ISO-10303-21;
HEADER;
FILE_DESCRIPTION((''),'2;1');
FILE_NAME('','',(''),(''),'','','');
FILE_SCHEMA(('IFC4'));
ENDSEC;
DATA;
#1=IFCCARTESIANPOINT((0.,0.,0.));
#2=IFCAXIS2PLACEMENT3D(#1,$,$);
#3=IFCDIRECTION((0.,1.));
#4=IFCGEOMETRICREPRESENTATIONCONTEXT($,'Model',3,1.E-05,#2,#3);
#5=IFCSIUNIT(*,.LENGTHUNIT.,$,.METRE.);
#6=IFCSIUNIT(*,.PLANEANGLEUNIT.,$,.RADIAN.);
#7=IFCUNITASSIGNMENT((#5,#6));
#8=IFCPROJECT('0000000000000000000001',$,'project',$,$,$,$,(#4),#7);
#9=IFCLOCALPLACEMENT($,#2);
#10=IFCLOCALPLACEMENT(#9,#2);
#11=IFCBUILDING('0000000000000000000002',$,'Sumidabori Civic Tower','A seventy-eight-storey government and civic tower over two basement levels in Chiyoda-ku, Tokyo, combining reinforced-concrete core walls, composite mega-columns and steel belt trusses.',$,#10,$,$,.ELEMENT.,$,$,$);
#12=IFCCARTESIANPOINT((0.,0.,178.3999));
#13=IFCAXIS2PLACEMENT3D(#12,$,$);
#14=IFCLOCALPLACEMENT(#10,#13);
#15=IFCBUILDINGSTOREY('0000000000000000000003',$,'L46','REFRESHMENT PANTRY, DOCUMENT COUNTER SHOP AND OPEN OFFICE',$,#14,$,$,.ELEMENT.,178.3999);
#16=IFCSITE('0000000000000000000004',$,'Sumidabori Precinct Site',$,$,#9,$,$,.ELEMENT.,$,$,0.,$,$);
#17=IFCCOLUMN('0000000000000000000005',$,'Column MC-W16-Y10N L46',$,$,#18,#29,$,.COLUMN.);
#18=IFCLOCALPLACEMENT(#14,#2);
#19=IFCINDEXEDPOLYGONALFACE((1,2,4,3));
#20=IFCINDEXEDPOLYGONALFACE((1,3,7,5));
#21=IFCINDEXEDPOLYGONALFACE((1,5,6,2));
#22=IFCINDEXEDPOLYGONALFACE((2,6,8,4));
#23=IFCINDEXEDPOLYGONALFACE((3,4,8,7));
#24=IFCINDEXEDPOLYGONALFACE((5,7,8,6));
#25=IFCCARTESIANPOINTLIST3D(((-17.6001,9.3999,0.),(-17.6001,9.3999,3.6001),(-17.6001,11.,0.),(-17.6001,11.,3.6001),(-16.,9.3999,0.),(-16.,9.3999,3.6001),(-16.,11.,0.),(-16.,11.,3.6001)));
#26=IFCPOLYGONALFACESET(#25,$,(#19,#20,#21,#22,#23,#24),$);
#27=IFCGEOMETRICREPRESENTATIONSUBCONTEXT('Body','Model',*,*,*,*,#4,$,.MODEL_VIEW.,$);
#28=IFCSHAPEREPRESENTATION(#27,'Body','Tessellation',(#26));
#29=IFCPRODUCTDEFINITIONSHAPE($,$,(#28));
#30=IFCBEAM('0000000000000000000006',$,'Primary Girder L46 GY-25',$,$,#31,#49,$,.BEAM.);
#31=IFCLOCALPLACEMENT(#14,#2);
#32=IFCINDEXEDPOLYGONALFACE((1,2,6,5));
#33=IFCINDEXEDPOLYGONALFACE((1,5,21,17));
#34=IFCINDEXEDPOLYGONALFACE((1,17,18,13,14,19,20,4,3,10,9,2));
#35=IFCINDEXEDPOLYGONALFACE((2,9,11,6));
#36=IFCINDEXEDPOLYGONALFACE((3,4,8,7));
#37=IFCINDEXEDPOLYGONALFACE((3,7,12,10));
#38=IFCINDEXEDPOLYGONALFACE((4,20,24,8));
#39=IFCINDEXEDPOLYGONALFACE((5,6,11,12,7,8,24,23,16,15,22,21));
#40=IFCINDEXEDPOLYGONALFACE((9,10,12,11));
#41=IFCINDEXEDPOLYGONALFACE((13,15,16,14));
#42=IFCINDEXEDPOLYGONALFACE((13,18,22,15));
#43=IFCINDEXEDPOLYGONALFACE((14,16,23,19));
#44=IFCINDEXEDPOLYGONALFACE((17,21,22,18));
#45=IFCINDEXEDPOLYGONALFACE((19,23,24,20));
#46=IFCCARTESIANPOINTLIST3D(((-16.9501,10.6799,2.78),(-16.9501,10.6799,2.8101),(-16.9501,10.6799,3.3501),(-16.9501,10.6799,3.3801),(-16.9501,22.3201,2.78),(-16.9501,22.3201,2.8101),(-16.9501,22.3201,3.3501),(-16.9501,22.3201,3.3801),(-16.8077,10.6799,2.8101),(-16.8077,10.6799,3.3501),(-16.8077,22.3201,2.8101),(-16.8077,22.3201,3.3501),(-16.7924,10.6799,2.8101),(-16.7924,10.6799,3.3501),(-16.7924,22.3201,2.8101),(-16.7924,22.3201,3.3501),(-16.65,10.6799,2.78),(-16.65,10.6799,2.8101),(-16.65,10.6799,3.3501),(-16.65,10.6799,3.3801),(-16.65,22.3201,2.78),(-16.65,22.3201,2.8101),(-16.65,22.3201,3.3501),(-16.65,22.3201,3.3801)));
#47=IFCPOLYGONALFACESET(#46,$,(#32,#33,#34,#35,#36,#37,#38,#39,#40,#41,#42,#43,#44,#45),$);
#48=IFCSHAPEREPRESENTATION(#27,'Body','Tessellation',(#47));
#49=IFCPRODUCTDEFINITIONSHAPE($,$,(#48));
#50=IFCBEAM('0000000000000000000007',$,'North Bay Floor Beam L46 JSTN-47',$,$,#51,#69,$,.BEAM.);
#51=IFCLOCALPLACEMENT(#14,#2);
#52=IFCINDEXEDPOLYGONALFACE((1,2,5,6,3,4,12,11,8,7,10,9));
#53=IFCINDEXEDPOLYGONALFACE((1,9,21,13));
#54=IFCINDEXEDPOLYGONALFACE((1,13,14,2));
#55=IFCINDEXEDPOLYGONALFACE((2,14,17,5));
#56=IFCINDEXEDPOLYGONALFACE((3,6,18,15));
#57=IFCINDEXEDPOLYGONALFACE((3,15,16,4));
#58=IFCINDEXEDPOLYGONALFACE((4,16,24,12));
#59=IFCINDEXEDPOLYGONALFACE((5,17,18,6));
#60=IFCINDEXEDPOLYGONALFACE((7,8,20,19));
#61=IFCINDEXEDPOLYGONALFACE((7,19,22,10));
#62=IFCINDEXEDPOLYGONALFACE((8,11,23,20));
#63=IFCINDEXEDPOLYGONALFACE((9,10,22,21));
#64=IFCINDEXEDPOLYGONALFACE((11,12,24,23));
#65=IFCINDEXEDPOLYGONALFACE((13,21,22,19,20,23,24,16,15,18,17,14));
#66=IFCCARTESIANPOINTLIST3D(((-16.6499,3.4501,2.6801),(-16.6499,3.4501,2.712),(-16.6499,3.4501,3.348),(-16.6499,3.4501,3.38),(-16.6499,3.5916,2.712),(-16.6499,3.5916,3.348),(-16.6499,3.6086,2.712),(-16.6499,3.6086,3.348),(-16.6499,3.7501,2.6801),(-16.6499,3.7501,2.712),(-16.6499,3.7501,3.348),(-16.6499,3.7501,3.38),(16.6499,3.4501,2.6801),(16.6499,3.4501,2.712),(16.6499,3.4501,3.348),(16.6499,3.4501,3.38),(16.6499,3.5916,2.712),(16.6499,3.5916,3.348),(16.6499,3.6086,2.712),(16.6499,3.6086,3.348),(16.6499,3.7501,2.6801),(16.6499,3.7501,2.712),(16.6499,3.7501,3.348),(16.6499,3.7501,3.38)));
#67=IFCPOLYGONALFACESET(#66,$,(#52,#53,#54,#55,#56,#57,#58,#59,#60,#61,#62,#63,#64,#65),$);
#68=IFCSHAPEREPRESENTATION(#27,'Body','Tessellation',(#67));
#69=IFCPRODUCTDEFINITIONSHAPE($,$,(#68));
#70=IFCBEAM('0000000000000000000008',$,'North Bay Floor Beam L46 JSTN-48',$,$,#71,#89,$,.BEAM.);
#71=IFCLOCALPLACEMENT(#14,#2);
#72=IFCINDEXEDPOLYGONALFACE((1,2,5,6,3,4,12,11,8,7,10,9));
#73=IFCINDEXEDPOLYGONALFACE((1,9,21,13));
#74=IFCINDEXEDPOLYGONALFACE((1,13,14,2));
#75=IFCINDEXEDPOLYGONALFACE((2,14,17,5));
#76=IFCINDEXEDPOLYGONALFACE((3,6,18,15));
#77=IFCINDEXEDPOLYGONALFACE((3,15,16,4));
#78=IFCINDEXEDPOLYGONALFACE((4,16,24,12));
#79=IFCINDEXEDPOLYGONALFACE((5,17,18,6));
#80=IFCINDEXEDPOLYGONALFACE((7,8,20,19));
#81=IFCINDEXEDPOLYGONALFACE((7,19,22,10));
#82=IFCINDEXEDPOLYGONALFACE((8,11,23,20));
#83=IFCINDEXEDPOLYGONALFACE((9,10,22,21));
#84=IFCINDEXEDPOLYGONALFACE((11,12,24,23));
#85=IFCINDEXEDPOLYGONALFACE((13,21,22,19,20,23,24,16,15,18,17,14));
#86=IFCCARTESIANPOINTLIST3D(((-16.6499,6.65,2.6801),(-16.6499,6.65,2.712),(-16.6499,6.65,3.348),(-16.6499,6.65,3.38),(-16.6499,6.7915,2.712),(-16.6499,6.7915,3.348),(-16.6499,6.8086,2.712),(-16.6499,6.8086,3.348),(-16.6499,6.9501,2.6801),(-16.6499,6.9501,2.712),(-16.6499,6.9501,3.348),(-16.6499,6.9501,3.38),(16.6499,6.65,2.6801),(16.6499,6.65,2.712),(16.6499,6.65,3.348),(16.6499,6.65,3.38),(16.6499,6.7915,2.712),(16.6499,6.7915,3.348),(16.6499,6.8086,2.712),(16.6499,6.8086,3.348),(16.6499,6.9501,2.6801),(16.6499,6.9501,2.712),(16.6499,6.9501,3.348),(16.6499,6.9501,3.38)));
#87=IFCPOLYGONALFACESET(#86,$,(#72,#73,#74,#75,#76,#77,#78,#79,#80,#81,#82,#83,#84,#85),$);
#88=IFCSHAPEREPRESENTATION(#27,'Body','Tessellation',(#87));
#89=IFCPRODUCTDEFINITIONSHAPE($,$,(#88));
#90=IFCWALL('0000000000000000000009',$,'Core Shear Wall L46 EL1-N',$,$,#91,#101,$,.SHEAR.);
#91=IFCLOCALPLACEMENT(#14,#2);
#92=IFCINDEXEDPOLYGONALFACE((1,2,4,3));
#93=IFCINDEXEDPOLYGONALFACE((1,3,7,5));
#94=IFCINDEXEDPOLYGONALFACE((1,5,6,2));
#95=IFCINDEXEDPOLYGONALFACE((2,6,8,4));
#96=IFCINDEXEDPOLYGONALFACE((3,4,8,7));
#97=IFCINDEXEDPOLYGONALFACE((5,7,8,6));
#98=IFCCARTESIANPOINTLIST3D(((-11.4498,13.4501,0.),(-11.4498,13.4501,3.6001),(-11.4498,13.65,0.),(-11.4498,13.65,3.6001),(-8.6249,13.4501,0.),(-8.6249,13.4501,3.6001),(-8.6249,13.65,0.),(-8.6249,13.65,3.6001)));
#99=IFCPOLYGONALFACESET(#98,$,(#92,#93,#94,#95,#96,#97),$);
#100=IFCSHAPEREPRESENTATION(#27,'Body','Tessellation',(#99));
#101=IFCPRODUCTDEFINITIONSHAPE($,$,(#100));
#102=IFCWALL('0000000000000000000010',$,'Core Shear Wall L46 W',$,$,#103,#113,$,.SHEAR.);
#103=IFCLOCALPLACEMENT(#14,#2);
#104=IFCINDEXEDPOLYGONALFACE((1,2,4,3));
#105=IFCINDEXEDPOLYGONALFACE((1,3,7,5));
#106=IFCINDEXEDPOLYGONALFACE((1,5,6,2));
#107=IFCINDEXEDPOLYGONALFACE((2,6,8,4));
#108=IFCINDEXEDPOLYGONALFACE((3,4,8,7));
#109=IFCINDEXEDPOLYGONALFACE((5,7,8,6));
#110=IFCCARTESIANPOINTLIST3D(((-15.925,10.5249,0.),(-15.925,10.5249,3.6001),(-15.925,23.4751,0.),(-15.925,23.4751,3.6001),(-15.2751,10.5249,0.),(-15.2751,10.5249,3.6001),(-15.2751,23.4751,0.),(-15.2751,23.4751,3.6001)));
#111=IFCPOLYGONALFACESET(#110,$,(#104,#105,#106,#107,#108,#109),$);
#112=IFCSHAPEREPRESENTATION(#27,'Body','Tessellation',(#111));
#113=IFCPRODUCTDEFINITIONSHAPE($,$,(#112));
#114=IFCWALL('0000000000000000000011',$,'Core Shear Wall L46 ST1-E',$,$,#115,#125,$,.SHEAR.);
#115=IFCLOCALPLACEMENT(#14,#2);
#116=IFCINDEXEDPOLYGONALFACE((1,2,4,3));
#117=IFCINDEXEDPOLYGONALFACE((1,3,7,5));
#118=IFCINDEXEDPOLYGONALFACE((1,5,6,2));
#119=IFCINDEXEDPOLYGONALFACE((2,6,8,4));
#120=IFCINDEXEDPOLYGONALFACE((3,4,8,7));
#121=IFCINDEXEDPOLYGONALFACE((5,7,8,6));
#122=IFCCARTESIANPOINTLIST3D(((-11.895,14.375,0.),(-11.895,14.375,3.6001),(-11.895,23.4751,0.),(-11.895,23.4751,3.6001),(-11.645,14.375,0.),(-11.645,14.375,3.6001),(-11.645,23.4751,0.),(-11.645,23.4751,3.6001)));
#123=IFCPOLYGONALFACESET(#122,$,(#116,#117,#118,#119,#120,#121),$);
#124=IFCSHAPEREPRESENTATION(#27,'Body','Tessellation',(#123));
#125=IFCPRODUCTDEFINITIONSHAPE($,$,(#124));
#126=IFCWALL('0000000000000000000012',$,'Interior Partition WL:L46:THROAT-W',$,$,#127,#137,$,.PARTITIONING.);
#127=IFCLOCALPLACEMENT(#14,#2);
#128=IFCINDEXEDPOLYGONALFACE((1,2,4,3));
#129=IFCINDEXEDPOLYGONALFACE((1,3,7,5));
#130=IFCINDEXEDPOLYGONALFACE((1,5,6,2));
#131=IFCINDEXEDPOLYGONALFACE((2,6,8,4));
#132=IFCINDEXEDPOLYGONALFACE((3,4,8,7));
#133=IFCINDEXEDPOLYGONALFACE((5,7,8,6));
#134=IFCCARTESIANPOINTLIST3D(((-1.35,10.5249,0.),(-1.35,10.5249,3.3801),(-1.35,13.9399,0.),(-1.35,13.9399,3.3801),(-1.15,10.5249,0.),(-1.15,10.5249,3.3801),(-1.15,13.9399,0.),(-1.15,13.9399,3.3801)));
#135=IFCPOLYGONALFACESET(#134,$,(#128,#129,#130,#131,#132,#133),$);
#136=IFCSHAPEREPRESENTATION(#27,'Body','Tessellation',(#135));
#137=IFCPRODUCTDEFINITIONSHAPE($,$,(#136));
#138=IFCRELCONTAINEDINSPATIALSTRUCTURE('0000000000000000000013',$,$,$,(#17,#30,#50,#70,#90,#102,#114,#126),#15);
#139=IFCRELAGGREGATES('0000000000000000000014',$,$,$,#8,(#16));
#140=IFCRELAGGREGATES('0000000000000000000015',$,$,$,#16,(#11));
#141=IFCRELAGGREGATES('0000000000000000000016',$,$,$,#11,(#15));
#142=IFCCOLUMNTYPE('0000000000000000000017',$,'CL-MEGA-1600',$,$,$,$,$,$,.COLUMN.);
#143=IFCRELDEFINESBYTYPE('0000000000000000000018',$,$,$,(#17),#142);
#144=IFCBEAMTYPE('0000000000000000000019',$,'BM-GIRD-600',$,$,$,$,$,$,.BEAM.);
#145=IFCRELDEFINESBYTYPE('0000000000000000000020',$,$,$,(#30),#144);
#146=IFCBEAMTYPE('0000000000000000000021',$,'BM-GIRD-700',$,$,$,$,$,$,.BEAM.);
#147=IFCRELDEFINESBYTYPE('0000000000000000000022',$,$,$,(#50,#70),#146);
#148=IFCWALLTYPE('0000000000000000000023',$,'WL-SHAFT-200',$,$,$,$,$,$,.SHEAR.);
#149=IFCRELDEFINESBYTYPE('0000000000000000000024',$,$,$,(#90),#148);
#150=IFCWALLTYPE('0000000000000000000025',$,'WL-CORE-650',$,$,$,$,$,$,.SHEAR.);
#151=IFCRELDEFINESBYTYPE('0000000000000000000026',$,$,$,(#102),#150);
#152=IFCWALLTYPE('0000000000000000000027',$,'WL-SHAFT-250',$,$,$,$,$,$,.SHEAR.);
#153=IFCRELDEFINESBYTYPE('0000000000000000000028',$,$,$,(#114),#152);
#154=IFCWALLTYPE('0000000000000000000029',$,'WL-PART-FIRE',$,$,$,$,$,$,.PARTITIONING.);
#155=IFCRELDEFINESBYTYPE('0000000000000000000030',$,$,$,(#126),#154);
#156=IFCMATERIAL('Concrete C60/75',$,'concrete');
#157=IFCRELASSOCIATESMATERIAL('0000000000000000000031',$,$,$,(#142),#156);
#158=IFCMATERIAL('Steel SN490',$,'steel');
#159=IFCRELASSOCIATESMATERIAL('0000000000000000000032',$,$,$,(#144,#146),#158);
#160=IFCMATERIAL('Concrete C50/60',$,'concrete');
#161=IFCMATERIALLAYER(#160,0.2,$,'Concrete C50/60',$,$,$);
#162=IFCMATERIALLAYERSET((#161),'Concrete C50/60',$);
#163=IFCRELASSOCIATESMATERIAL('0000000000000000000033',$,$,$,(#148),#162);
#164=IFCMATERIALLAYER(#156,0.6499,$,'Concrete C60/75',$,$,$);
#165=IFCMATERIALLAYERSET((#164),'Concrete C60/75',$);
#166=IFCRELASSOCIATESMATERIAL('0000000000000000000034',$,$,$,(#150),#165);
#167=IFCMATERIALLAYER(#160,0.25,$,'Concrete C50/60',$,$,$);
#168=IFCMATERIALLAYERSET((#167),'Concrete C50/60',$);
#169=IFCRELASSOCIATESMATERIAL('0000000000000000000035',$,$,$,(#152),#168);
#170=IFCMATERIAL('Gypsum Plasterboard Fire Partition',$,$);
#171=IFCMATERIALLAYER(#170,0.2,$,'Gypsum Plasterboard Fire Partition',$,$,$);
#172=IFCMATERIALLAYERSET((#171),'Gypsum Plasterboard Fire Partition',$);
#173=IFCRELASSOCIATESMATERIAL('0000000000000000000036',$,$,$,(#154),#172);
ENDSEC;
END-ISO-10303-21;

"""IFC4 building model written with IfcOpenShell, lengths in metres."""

from ifc_helpers import new_model, si_unit, direction, frame, frame_2d, origin, origin_2d, place, context, subcontext, project, spatial, rectangle, i_section, extrude, source, transform, mapped, material, layer, layer_set, material_profile, profile_set, type_object, element, save


model = new_model("IFC4")

# Units and contexts
model_context = context("Model", 3, precision=1e-05, world=origin(), true_north=direction((0.0, 1.0)))
body_context = subcontext(model_context, "Body", "Model", "MODEL_VIEW")
ifc_project = project(units=[si_unit("LENGTHUNIT", "METRE"), si_unit("PLANEANGLEUNIT", "RADIAN")], contexts=[model_context])

# Site, building, storey
site_placement = place(None, origin())
site = spatial("IfcSite", under=ifc_project, at=site_placement, Name="Sumidabori Precinct Site", CompositionType="ELEMENT", RefElevation=0.0)
building_placement = place(site_placement, origin())
building = spatial("IfcBuilding", under=site, at=building_placement, Name="Sumidabori Civic Tower", Description="A seventy-eight-storey government and civic tower over two basement levels in Chiyoda-ku, Tokyo, combining reinforced-concrete core walls, composite mega-columns and steel belt trusses.", CompositionType="ELEMENT")
storey_placement = place(building_placement, frame((0.0, 0.0, 178.3999)))
storey = spatial("IfcBuildingStorey", under=building, at=storey_placement, Name="L46", Description="REFRESHMENT PANTRY, DOCUMENT COUNTER SHOP AND OPEN OFFICE", CompositionType="ELEMENT", Elevation=178.3999)

# Column
ifc_material_1 = material(Name="Concrete C60/75", Category="concrete")
ifc_material_profile_1 = material_profile(ifc_material_1, rectangle(XDim=1.6001, YDim=1.6001, at=origin_2d()), Name="RC 1600x1600")
ifc_profile_set_1 = profile_set([ifc_material_profile_1], Name="Concrete C60/75")
column_type = type_object("IfcColumnType", Name="CL-MEGA-1600", PredefinedType="COLUMN", material=ifc_profile_set_1)
shared_shape_1 = source(origin(), body_context, "Body", "SweptSolid", [
    extrude(rectangle(XDim=1.6001, YDim=1.6001, at=origin_2d()), origin(), (0.0, 0.0, 1.0), 3.6001),
])
column_placement = place(storey_placement, frame((-16.8, 10.2, 0.0), z_axis=(0.0, 0.0, 1.0), x_axis=(1.0, 0.0, 0.0)))
element("IfcColumn", 1, at=column_placement, inside=storey, type_object=column_type, Name="Column MC-W16-Y10N L46", PredefinedType="COLUMN", context=body_context, shape_type="MappedRepresentation", body=[
    mapped(shared_shape_1, transform((0.0, 0.0, 0.0), x_axis=(1.0, 0.0, 0.0), y_axis=(0.0, 1.0, 0.0), z_axis=(0.0, 0.0, 1.0), scale=1.0)),
])

# Beams
ifc_material_2 = material(Name="Steel SN490", Category="steel")
ifc_material_profile_2 = material_profile(ifc_material_2, i_section(OverallWidth=0.3, OverallDepth=0.6001, WebThickness=0.0154, FlangeThickness=0.03, at=origin_2d()), Name="HE 600 B")
ifc_profile_set_2 = profile_set([ifc_material_profile_2], Name="Steel SN490")
beam_type_1 = type_object("IfcBeamType", Name="BM-GIRD-600", PredefinedType="BEAM", material=ifc_profile_set_2)
shared_shape_2 = source(origin(), body_context, "Body", "SweptSolid", [
    extrude(i_section(OverallWidth=0.3, OverallDepth=0.6001, WebThickness=0.0154, FlangeThickness=0.03, at=origin_2d()), origin(), (0.0, 0.0, 1.0), 11.6401),
])
beam_placement = place(storey_placement, frame((-16.8, 10.6799, 3.0801), z_axis=(0.0, 1.0, 0.0), x_axis=(-1.0, 0.0, 0.0)))
element("IfcBeam", 2, at=beam_placement, inside=storey, type_object=beam_type_1, Name="Primary Girder L46 GY-25", PredefinedType="BEAM", context=body_context, shape_type="MappedRepresentation", body=[
    mapped(shared_shape_2, transform((0.0, 0.0, 0.0), x_axis=(1.0, 0.0, 0.0), y_axis=(0.0, 1.0, 0.0), z_axis=(0.0, 0.0, 1.0), scale=1.0)),
])
ifc_material_profile_3 = material_profile(ifc_material_2, i_section(OverallWidth=0.3, OverallDepth=0.7, WebThickness=0.0171, FlangeThickness=0.032, at=origin_2d()), Name="HE 700 B")
ifc_profile_set_3 = profile_set([ifc_material_profile_3], Name="Steel SN490")
beam_type_2 = type_object("IfcBeamType", Name="BM-GIRD-700", PredefinedType="BEAM", material=ifc_profile_set_3)
shared_shape_3 = source(origin(), body_context, "Body", "SweptSolid", [
    extrude(i_section(OverallWidth=0.3, OverallDepth=0.7, WebThickness=0.0171, FlangeThickness=0.032, at=origin_2d()), origin(), (0.0, 0.0, 1.0), 33.2998),
])
for number, where, z_axis, x_axis, name in (
    (3, (-16.6499, 3.6001, 3.03), (1.0, 0.0, 0.0), (0.0, 1.0, 0.0), "North Bay Floor Beam L46 JSTN-47"),
    (4, (-16.6499, 6.8, 3.03), (1.0, 0.0, 0.0), (0.0, 1.0, 0.0), "North Bay Floor Beam L46 JSTN-48"),
):
    element("IfcBeam", number, at=place(storey_placement, frame(where, z_axis=z_axis, x_axis=x_axis)), inside=storey, type_object=beam_type_2, Name=name, PredefinedType="BEAM", context=body_context, shape_type="MappedRepresentation", body=[
        mapped(shared_shape_3, transform((0.0, 0.0, 0.0), x_axis=(1.0, 0.0, 0.0), y_axis=(0.0, 1.0, 0.0), z_axis=(0.0, 0.0, 1.0), scale=1.0)),
    ])

# Wall
ifc_material_3 = material(Name="Concrete C50/60", Category="concrete")
ifc_layer_1 = layer(ifc_material_3, 0.2, Name="Concrete C50/60")
ifc_layer_set_1 = layer_set([ifc_layer_1], Name="Concrete C50/60")
wall_type_1 = type_object("IfcWallType", Name="WL-SHAFT-200", PredefinedType="SHEAR", material=ifc_layer_set_1)
shared_shape_4 = source(origin(), body_context, "Body", "SweptSolid", [
    extrude(rectangle(XDim=2.825, YDim=0.2, at=frame_2d((1.4126, 0.0))), origin(), (0.0, 0.0, 1.0), 3.6001),
])
wall_1_placement = place(storey_placement, frame((-11.45, 13.55, 0.0), z_axis=(0.0, 0.0, 1.0), x_axis=(1.0, 0.0, 0.0)))
element("IfcWall", 5, at=wall_1_placement, inside=storey, type_object=wall_type_1, Name="Core Shear Wall L46 EL1-N", PredefinedType="SHEAR", context=body_context, shape_type="MappedRepresentation", body=[
    mapped(shared_shape_4, transform((0.0, 0.0, 0.0), x_axis=(1.0, 0.0, 0.0), y_axis=(0.0, 1.0, 0.0), z_axis=(0.0, 0.0, 1.0), scale=1.0)),
])

# Shared definitions
ifc_layer_2 = layer(ifc_material_1, 0.6499, Name="Concrete C60/75")
ifc_layer_set_2 = layer_set([ifc_layer_2], Name="Concrete C60/75")
wall_type_2 = type_object("IfcWallType", Name="WL-CORE-650", PredefinedType="SHEAR", material=ifc_layer_set_2)

# Wall
shared_shape_5 = source(origin(), body_context, "Body", "SweptSolid", [
    extrude(rectangle(XDim=12.9502, YDim=0.6499, at=frame_2d((6.4751, 0.0))), origin(), (0.0, 0.0, 1.0), 3.6001),
])
wall_2_placement = place(storey_placement, frame((-15.6001, 10.5249, 0.0), z_axis=(0.0, 0.0, 1.0), x_axis=(0.0, 1.0, 0.0)))
element("IfcWall", 6, at=wall_2_placement, inside=storey, type_object=wall_type_2, Name="Core Shear Wall L46 W", PredefinedType="SHEAR", context=body_context, shape_type="MappedRepresentation", body=[
    mapped(shared_shape_5, transform((0.0, 0.0, 0.0), x_axis=(1.0, 0.0, 0.0), y_axis=(0.0, 1.0, 0.0), z_axis=(0.0, 0.0, 1.0), scale=1.0)),
])

# Shared definitions
ifc_layer_3 = layer(ifc_material_3, 0.25, Name="Concrete C50/60")
ifc_layer_set_3 = layer_set([ifc_layer_3], Name="Concrete C50/60")
wall_type_3 = type_object("IfcWallType", Name="WL-SHAFT-250", PredefinedType="SHEAR", material=ifc_layer_set_3)

# Wall
shared_shape_6 = source(origin(), body_context, "Body", "SweptSolid", [
    extrude(rectangle(XDim=9.1001, YDim=0.25, at=frame_2d((4.55, 0.0))), origin(), (0.0, 0.0, 1.0), 3.6001),
])
wall_3_placement = place(storey_placement, frame((-11.77, 14.375, 0.0), z_axis=(0.0, 0.0, 1.0), x_axis=(0.0, 1.0, 0.0)))
element("IfcWall", 7, at=wall_3_placement, inside=storey, type_object=wall_type_3, Name="Core Shear Wall L46 ST1-E", PredefinedType="SHEAR", context=body_context, shape_type="MappedRepresentation", body=[
    mapped(shared_shape_6, transform((0.0, 0.0, 0.0), x_axis=(1.0, 0.0, 0.0), y_axis=(0.0, 1.0, 0.0), z_axis=(0.0, 0.0, 1.0), scale=1.0)),
])

# Shared definitions
ifc_material_4 = material(Name="Gypsum Plasterboard Fire Partition")
ifc_layer_4 = layer(ifc_material_4, 0.2, Name="Gypsum Plasterboard Fire Partition")
ifc_layer_set_4 = layer_set([ifc_layer_4], Name="Gypsum Plasterboard Fire Partition")
wall_type_4 = type_object("IfcWallType", Name="WL-PART-FIRE", PredefinedType="PARTITIONING", material=ifc_layer_set_4)

# Wall
shared_shape_7 = source(origin(), body_context, "Body", "SweptSolid", [
    extrude(rectangle(XDim=3.415, YDim=0.2, at=frame_2d((1.7075, 0.0))), origin(), (0.0, 0.0, 1.0), 3.3801),
])
wall_4_placement = place(storey_placement, frame((-1.25, 10.5249, 0.0), z_axis=(0.0, 0.0, 1.0), x_axis=(0.0, 1.0, 0.0)))
element("IfcWall", 8, at=wall_4_placement, inside=storey, type_object=wall_type_4, Name="Interior Partition WL:L46:THROAT-W", PredefinedType="PARTITIONING", context=body_context, shape_type="MappedRepresentation", body=[
    mapped(shared_shape_7, transform((0.0, 0.0, 0.0), x_axis=(1.0, 0.0, 0.0), y_axis=(0.0, 1.0, 0.0), z_axis=(0.0, 0.0, 1.0), scale=1.0)),
])

save(model, "model.ifc")
